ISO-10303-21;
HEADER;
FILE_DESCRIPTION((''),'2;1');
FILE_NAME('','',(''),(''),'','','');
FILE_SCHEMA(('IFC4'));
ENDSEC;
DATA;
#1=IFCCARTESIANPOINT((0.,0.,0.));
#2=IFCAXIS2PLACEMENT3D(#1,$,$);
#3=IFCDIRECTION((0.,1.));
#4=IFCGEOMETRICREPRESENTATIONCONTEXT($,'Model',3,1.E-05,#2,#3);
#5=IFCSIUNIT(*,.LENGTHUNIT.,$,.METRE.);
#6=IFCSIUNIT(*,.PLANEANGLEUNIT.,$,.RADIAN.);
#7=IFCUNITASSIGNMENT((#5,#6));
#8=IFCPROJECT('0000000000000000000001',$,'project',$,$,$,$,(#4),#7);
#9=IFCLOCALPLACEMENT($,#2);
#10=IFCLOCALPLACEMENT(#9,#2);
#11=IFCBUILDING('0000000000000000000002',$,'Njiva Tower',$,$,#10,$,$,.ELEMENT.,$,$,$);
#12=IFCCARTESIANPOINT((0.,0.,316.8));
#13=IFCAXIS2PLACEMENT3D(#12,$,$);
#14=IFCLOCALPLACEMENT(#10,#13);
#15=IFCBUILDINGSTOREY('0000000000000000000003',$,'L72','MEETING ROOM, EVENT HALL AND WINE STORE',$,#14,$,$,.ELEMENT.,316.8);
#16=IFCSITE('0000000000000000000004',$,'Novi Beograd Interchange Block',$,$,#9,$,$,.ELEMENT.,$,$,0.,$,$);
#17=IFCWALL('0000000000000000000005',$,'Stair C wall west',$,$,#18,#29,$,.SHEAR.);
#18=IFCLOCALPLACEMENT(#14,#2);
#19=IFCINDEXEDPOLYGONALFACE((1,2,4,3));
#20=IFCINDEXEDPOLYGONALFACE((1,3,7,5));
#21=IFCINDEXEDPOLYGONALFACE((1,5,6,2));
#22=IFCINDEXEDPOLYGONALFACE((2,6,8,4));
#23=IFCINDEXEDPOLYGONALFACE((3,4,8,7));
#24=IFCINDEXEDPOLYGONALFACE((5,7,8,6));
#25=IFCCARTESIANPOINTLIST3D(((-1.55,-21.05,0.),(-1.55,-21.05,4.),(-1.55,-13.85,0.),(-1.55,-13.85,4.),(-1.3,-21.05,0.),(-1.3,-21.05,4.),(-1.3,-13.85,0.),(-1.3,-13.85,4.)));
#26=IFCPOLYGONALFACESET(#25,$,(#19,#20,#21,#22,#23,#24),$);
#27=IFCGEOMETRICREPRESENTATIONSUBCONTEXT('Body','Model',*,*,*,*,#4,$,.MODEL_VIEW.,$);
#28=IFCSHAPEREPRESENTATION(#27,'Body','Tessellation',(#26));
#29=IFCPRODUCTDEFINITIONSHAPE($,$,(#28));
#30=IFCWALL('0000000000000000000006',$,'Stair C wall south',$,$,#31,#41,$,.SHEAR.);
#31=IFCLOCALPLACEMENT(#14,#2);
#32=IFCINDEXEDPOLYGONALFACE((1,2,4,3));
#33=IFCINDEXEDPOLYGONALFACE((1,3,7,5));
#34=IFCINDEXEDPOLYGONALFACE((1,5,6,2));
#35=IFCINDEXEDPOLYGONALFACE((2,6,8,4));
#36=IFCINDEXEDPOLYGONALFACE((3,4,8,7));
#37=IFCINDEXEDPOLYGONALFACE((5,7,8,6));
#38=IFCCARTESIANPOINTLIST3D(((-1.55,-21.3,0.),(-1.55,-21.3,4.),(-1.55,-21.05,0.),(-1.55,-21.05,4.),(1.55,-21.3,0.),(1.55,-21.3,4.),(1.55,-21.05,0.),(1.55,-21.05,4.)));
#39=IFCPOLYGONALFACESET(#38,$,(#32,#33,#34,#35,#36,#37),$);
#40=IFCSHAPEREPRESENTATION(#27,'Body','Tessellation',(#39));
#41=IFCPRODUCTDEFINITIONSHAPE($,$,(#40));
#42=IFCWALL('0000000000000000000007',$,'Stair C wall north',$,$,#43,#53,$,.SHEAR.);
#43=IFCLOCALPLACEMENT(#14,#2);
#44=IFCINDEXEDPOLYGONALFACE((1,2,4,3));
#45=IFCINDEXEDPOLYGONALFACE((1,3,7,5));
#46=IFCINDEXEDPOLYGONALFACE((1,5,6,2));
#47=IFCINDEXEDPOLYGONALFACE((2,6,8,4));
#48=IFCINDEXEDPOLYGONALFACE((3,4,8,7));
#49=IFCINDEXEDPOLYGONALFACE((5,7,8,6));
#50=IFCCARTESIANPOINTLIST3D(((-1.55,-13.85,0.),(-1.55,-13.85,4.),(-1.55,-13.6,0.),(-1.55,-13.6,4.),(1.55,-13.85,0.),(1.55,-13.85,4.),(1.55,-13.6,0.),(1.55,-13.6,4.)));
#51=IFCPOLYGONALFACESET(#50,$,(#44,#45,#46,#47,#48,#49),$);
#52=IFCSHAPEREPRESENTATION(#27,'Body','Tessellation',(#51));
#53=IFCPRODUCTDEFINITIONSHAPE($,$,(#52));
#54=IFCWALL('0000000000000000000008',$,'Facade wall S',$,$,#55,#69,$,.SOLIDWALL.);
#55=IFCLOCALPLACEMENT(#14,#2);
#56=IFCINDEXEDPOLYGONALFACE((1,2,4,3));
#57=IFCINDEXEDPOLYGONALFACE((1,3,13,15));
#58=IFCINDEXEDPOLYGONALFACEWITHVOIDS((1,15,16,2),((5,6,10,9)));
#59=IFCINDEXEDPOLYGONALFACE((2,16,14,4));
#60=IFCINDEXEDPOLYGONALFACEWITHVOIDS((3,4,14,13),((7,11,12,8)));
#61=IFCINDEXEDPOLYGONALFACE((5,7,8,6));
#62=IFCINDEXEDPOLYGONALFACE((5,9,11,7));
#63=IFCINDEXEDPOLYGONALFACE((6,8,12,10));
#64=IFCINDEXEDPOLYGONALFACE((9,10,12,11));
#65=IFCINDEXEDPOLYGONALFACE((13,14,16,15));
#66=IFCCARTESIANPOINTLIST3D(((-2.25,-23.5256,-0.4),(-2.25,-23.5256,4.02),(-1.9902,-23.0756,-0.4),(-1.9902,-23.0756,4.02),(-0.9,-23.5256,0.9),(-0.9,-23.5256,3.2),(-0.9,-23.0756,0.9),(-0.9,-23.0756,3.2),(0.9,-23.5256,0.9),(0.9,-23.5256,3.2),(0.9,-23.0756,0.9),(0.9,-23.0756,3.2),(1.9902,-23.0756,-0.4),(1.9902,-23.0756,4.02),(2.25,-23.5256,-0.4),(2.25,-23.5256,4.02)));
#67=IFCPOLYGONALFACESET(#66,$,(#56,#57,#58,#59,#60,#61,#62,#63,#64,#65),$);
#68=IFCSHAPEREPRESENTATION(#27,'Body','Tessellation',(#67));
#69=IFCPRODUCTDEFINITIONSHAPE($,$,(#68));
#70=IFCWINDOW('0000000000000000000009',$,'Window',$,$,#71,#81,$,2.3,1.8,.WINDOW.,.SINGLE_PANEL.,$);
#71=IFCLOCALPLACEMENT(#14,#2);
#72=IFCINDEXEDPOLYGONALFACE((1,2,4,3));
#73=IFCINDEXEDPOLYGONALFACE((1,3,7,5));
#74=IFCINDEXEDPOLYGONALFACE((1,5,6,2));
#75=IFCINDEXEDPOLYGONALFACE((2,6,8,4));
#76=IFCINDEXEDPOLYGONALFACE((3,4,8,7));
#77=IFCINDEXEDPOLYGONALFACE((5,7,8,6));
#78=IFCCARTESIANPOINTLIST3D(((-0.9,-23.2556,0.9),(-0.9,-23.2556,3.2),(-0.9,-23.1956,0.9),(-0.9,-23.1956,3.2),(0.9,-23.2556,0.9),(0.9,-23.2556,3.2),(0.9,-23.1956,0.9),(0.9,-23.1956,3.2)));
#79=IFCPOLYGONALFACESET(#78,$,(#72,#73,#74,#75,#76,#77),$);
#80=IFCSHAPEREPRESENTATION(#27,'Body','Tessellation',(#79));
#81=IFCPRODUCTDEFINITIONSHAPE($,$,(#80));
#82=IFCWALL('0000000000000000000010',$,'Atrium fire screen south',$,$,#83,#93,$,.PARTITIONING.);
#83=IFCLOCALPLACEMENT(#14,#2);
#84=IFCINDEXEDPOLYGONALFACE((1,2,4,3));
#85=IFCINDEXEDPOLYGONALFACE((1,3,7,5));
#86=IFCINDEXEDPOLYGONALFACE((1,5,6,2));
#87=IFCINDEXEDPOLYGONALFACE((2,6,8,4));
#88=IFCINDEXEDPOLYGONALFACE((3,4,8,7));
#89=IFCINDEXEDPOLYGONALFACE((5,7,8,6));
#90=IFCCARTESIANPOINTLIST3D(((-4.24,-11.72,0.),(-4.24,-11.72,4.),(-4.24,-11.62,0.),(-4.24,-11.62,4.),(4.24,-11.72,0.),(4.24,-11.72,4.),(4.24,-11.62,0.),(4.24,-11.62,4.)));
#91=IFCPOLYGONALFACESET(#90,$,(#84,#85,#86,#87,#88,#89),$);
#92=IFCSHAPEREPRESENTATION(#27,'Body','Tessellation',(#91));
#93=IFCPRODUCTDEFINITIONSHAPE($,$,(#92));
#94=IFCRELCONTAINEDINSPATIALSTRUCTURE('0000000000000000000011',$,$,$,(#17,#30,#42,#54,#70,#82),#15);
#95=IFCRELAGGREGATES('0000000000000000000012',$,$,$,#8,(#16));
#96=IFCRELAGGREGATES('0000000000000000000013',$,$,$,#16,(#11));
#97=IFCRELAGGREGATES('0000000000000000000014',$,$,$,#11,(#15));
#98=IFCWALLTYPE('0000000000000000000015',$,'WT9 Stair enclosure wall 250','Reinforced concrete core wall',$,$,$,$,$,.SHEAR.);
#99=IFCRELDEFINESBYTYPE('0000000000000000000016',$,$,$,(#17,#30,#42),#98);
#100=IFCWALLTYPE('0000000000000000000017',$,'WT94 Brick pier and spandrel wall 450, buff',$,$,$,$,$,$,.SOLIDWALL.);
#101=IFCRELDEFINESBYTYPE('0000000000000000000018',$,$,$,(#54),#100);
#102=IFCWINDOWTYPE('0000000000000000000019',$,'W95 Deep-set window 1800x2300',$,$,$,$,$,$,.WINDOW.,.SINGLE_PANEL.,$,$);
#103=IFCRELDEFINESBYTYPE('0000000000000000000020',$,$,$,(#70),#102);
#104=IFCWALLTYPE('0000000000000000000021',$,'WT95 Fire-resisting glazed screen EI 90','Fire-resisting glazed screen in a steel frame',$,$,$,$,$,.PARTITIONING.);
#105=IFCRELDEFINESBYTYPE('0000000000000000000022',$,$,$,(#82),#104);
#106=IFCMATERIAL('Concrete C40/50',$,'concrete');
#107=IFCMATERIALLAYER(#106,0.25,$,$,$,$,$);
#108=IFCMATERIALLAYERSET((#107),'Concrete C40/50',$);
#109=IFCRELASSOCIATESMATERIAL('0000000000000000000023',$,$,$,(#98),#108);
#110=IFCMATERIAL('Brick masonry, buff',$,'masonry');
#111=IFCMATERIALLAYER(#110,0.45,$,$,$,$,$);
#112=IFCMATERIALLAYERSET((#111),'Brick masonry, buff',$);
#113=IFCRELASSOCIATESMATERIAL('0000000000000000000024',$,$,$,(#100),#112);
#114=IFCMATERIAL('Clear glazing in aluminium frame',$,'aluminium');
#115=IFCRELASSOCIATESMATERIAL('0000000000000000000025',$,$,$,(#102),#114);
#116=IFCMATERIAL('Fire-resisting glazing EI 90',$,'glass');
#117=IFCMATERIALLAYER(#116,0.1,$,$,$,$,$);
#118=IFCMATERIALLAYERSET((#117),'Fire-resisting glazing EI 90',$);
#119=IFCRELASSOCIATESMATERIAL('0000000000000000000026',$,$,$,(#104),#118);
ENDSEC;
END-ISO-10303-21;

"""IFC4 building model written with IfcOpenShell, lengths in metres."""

from ifc_helpers import new_model, si_unit, direction, frame, frame_2d, origin, place, context, subcontext, project, spatial, polyline, rectangle, outline, extrude, material, layer, layer_set, type_object, element, fill, save


model = new_model("IFC4")

# Units and contexts
model_context = context("Model", 3, precision=1e-05, world=origin(), true_north=direction((0.0, 1.0)))
body_context = subcontext(model_context, "Body", "Model", "MODEL_VIEW")
ifc_project = project(units=[si_unit("LENGTHUNIT", "METRE"), si_unit("PLANEANGLEUNIT", "RADIAN")], contexts=[model_context])

# Site, building, storey
site_placement = place(None, origin())
site = spatial("IfcSite", under=ifc_project, at=site_placement, Name="Novi Beograd Interchange Block", CompositionType="ELEMENT", RefElevation=0.0)
building_placement = place(site_placement, origin())
building = spatial("IfcBuilding", under=site, at=building_placement, Name="Njiva Tower", CompositionType="ELEMENT")
storey_placement = place(building_placement, frame((0.0, 0.0, 316.8)))
storey = spatial("IfcBuildingStorey", under=building, at=storey_placement, Name="L72", Description="MEETING ROOM, EVENT HALL AND WINE STORE", CompositionType="ELEMENT", Elevation=316.8)

# Walls
ifc_material_1 = material(Name="Concrete C40/50", Category="concrete")
ifc_layer_1 = layer(ifc_material_1, 0.25)
ifc_layer_set_1 = layer_set([ifc_layer_1], Name="Concrete C40/50")
wall_type_1 = type_object("IfcWallType", Name="WT9 Stair enclosure wall 250", Description="Reinforced concrete core wall", PredefinedType="SHEAR", material=ifc_layer_set_1)
wall_1_placement = place(storey_placement, frame((-1.425, -21.05, 0.0), z_axis=(0.0, 0.0, 1.0), x_axis=(0.0, 1.0, 0.0)))
element("IfcWall", 1, at=wall_1_placement, inside=storey, type_object=wall_type_1, Name="Stair C wall west", PredefinedType="SHEAR", context=body_context, shape_type="SweptSolid", body=[
    extrude(rectangle(XDim=7.2, YDim=0.25, at=frame_2d((3.6, 0.0))), origin(), (0.0, 0.0, 1.0), 4.0),
])
for number, where, z_axis, x_axis, name in (
    (2, (-1.55, -21.175, 0.0), (0.0, 0.0, 1.0), (1.0, 0.0, 0.0), "Stair C wall south"),
    (3, (-1.55, -13.725, 0.0), (0.0, 0.0, 1.0), (1.0, 0.0, 0.0), "Stair C wall north"),
):
    element("IfcWall", number, at=place(storey_placement, frame(where, z_axis=z_axis, x_axis=x_axis)), inside=storey, type_object=wall_type_1, Name=name, PredefinedType="SHEAR", context=body_context, shape_type="SweptSolid", body=[
        extrude(rectangle(XDim=3.1, YDim=0.25, at=frame_2d((1.55, 0.0))), origin(), (0.0, 0.0, 1.0), 4.0),
    ])

# Wall, opening, window
ifc_material_2 = material(Name="Brick masonry, buff", Category="masonry")
ifc_layer_2 = layer(ifc_material_2, 0.45)
ifc_layer_set_2 = layer_set([ifc_layer_2], Name="Brick masonry, buff")
wall_type_2 = type_object("IfcWallType", Name="WT94 Brick pier and spandrel wall 450, buff", PredefinedType="SOLIDWALL", material=ifc_layer_set_2)
wall_2_placement = place(storey_placement, frame((-2.1201, -23.3006, -0.4), z_axis=(0.0, 0.0, 1.0), x_axis=(1.0, 0.0, 0.0)))
wall_2 = element("IfcWall", 4, at=wall_2_placement, inside=storey, type_object=wall_type_2, Name="Facade wall S", PredefinedType="SOLIDWALL", context=body_context, shape_type="SweptSolid", body=[
    extrude(outline(polyline([(-0.1299, -0.225), (4.3701, -0.225), (4.1103, 0.225), (0.1299, 0.225), (-0.1299, -0.225)])), origin(), (0.0, 0.0, 1.0), 4.42),
])
opening_1_placement = place(wall_2_placement, frame((1.2201, 0.0, 1.3)))
opening_1 = element("IfcOpeningElement", 5, at=opening_1_placement, cuts=wall_2, PredefinedType="OPENING", context=body_context, shape_type="SweptSolid", body=[
    extrude(rectangle(XDim=1.8, YDim=2.3, at=frame_2d((0.9, 1.15))), frame((0.0, 0.235, 0.0), z_axis=(0.0, -1.0, 0.0), x_axis=(1.0, 0.0, 0.0)), (0.0, 0.0, 1.0), 0.47),
])
ifc_material_3 = material(Name="Clear glazing in aluminium frame", Category="aluminium")
window_type = type_object("IfcWindowType", Name="W95 Deep-set window 1800x2300", PartitioningType="SINGLE_PANEL", PredefinedType="WINDOW", material=ifc_material_3)
window_placement = place(opening_1_placement, origin())
window = element("IfcWindow", 6, at=window_placement, inside=storey, type_object=window_type, Name="Window", OverallHeight=2.3, OverallWidth=1.8, PartitioningType="SINGLE_PANEL", PredefinedType="WINDOW", context=body_context, shape_type="SweptSolid", body=[
    extrude(rectangle(XDim=1.8, YDim=2.3, at=frame_2d((0.9, 1.15))), frame((0.0, 0.105, 0.0), z_axis=(0.0, -1.0, 0.0), x_axis=(1.0, 0.0, 0.0)), (0.0, 0.0, 1.0), 0.06),
])
fill(opening_1, window)

# Wall
ifc_material_4 = material(Name="Fire-resisting glazing EI 90", Category="glass")
ifc_layer_3 = layer(ifc_material_4, 0.1)
ifc_layer_set_3 = layer_set([ifc_layer_3], Name="Fire-resisting glazing EI 90")
wall_type_3 = type_object("IfcWallType", Name="WT95 Fire-resisting glazed screen EI 90", Description="Fire-resisting glazed screen in a steel frame", PredefinedType="PARTITIONING", material=ifc_layer_set_3)
wall_3_placement = place(storey_placement, frame((-4.24, -11.67, 0.0), z_axis=(0.0, 0.0, 1.0), x_axis=(1.0, 0.0, 0.0)))
element("IfcWall", 7, at=wall_3_placement, inside=storey, type_object=wall_type_3, Name="Atrium fire screen south", PredefinedType="PARTITIONING", context=body_context, shape_type="SweptSolid", body=[
    extrude(rectangle(XDim=8.48, YDim=0.1, at=frame_2d((4.24, 0.0))), origin(), (0.0, 0.0, 1.0), 4.0),
])

save(model, "model.ifc")
